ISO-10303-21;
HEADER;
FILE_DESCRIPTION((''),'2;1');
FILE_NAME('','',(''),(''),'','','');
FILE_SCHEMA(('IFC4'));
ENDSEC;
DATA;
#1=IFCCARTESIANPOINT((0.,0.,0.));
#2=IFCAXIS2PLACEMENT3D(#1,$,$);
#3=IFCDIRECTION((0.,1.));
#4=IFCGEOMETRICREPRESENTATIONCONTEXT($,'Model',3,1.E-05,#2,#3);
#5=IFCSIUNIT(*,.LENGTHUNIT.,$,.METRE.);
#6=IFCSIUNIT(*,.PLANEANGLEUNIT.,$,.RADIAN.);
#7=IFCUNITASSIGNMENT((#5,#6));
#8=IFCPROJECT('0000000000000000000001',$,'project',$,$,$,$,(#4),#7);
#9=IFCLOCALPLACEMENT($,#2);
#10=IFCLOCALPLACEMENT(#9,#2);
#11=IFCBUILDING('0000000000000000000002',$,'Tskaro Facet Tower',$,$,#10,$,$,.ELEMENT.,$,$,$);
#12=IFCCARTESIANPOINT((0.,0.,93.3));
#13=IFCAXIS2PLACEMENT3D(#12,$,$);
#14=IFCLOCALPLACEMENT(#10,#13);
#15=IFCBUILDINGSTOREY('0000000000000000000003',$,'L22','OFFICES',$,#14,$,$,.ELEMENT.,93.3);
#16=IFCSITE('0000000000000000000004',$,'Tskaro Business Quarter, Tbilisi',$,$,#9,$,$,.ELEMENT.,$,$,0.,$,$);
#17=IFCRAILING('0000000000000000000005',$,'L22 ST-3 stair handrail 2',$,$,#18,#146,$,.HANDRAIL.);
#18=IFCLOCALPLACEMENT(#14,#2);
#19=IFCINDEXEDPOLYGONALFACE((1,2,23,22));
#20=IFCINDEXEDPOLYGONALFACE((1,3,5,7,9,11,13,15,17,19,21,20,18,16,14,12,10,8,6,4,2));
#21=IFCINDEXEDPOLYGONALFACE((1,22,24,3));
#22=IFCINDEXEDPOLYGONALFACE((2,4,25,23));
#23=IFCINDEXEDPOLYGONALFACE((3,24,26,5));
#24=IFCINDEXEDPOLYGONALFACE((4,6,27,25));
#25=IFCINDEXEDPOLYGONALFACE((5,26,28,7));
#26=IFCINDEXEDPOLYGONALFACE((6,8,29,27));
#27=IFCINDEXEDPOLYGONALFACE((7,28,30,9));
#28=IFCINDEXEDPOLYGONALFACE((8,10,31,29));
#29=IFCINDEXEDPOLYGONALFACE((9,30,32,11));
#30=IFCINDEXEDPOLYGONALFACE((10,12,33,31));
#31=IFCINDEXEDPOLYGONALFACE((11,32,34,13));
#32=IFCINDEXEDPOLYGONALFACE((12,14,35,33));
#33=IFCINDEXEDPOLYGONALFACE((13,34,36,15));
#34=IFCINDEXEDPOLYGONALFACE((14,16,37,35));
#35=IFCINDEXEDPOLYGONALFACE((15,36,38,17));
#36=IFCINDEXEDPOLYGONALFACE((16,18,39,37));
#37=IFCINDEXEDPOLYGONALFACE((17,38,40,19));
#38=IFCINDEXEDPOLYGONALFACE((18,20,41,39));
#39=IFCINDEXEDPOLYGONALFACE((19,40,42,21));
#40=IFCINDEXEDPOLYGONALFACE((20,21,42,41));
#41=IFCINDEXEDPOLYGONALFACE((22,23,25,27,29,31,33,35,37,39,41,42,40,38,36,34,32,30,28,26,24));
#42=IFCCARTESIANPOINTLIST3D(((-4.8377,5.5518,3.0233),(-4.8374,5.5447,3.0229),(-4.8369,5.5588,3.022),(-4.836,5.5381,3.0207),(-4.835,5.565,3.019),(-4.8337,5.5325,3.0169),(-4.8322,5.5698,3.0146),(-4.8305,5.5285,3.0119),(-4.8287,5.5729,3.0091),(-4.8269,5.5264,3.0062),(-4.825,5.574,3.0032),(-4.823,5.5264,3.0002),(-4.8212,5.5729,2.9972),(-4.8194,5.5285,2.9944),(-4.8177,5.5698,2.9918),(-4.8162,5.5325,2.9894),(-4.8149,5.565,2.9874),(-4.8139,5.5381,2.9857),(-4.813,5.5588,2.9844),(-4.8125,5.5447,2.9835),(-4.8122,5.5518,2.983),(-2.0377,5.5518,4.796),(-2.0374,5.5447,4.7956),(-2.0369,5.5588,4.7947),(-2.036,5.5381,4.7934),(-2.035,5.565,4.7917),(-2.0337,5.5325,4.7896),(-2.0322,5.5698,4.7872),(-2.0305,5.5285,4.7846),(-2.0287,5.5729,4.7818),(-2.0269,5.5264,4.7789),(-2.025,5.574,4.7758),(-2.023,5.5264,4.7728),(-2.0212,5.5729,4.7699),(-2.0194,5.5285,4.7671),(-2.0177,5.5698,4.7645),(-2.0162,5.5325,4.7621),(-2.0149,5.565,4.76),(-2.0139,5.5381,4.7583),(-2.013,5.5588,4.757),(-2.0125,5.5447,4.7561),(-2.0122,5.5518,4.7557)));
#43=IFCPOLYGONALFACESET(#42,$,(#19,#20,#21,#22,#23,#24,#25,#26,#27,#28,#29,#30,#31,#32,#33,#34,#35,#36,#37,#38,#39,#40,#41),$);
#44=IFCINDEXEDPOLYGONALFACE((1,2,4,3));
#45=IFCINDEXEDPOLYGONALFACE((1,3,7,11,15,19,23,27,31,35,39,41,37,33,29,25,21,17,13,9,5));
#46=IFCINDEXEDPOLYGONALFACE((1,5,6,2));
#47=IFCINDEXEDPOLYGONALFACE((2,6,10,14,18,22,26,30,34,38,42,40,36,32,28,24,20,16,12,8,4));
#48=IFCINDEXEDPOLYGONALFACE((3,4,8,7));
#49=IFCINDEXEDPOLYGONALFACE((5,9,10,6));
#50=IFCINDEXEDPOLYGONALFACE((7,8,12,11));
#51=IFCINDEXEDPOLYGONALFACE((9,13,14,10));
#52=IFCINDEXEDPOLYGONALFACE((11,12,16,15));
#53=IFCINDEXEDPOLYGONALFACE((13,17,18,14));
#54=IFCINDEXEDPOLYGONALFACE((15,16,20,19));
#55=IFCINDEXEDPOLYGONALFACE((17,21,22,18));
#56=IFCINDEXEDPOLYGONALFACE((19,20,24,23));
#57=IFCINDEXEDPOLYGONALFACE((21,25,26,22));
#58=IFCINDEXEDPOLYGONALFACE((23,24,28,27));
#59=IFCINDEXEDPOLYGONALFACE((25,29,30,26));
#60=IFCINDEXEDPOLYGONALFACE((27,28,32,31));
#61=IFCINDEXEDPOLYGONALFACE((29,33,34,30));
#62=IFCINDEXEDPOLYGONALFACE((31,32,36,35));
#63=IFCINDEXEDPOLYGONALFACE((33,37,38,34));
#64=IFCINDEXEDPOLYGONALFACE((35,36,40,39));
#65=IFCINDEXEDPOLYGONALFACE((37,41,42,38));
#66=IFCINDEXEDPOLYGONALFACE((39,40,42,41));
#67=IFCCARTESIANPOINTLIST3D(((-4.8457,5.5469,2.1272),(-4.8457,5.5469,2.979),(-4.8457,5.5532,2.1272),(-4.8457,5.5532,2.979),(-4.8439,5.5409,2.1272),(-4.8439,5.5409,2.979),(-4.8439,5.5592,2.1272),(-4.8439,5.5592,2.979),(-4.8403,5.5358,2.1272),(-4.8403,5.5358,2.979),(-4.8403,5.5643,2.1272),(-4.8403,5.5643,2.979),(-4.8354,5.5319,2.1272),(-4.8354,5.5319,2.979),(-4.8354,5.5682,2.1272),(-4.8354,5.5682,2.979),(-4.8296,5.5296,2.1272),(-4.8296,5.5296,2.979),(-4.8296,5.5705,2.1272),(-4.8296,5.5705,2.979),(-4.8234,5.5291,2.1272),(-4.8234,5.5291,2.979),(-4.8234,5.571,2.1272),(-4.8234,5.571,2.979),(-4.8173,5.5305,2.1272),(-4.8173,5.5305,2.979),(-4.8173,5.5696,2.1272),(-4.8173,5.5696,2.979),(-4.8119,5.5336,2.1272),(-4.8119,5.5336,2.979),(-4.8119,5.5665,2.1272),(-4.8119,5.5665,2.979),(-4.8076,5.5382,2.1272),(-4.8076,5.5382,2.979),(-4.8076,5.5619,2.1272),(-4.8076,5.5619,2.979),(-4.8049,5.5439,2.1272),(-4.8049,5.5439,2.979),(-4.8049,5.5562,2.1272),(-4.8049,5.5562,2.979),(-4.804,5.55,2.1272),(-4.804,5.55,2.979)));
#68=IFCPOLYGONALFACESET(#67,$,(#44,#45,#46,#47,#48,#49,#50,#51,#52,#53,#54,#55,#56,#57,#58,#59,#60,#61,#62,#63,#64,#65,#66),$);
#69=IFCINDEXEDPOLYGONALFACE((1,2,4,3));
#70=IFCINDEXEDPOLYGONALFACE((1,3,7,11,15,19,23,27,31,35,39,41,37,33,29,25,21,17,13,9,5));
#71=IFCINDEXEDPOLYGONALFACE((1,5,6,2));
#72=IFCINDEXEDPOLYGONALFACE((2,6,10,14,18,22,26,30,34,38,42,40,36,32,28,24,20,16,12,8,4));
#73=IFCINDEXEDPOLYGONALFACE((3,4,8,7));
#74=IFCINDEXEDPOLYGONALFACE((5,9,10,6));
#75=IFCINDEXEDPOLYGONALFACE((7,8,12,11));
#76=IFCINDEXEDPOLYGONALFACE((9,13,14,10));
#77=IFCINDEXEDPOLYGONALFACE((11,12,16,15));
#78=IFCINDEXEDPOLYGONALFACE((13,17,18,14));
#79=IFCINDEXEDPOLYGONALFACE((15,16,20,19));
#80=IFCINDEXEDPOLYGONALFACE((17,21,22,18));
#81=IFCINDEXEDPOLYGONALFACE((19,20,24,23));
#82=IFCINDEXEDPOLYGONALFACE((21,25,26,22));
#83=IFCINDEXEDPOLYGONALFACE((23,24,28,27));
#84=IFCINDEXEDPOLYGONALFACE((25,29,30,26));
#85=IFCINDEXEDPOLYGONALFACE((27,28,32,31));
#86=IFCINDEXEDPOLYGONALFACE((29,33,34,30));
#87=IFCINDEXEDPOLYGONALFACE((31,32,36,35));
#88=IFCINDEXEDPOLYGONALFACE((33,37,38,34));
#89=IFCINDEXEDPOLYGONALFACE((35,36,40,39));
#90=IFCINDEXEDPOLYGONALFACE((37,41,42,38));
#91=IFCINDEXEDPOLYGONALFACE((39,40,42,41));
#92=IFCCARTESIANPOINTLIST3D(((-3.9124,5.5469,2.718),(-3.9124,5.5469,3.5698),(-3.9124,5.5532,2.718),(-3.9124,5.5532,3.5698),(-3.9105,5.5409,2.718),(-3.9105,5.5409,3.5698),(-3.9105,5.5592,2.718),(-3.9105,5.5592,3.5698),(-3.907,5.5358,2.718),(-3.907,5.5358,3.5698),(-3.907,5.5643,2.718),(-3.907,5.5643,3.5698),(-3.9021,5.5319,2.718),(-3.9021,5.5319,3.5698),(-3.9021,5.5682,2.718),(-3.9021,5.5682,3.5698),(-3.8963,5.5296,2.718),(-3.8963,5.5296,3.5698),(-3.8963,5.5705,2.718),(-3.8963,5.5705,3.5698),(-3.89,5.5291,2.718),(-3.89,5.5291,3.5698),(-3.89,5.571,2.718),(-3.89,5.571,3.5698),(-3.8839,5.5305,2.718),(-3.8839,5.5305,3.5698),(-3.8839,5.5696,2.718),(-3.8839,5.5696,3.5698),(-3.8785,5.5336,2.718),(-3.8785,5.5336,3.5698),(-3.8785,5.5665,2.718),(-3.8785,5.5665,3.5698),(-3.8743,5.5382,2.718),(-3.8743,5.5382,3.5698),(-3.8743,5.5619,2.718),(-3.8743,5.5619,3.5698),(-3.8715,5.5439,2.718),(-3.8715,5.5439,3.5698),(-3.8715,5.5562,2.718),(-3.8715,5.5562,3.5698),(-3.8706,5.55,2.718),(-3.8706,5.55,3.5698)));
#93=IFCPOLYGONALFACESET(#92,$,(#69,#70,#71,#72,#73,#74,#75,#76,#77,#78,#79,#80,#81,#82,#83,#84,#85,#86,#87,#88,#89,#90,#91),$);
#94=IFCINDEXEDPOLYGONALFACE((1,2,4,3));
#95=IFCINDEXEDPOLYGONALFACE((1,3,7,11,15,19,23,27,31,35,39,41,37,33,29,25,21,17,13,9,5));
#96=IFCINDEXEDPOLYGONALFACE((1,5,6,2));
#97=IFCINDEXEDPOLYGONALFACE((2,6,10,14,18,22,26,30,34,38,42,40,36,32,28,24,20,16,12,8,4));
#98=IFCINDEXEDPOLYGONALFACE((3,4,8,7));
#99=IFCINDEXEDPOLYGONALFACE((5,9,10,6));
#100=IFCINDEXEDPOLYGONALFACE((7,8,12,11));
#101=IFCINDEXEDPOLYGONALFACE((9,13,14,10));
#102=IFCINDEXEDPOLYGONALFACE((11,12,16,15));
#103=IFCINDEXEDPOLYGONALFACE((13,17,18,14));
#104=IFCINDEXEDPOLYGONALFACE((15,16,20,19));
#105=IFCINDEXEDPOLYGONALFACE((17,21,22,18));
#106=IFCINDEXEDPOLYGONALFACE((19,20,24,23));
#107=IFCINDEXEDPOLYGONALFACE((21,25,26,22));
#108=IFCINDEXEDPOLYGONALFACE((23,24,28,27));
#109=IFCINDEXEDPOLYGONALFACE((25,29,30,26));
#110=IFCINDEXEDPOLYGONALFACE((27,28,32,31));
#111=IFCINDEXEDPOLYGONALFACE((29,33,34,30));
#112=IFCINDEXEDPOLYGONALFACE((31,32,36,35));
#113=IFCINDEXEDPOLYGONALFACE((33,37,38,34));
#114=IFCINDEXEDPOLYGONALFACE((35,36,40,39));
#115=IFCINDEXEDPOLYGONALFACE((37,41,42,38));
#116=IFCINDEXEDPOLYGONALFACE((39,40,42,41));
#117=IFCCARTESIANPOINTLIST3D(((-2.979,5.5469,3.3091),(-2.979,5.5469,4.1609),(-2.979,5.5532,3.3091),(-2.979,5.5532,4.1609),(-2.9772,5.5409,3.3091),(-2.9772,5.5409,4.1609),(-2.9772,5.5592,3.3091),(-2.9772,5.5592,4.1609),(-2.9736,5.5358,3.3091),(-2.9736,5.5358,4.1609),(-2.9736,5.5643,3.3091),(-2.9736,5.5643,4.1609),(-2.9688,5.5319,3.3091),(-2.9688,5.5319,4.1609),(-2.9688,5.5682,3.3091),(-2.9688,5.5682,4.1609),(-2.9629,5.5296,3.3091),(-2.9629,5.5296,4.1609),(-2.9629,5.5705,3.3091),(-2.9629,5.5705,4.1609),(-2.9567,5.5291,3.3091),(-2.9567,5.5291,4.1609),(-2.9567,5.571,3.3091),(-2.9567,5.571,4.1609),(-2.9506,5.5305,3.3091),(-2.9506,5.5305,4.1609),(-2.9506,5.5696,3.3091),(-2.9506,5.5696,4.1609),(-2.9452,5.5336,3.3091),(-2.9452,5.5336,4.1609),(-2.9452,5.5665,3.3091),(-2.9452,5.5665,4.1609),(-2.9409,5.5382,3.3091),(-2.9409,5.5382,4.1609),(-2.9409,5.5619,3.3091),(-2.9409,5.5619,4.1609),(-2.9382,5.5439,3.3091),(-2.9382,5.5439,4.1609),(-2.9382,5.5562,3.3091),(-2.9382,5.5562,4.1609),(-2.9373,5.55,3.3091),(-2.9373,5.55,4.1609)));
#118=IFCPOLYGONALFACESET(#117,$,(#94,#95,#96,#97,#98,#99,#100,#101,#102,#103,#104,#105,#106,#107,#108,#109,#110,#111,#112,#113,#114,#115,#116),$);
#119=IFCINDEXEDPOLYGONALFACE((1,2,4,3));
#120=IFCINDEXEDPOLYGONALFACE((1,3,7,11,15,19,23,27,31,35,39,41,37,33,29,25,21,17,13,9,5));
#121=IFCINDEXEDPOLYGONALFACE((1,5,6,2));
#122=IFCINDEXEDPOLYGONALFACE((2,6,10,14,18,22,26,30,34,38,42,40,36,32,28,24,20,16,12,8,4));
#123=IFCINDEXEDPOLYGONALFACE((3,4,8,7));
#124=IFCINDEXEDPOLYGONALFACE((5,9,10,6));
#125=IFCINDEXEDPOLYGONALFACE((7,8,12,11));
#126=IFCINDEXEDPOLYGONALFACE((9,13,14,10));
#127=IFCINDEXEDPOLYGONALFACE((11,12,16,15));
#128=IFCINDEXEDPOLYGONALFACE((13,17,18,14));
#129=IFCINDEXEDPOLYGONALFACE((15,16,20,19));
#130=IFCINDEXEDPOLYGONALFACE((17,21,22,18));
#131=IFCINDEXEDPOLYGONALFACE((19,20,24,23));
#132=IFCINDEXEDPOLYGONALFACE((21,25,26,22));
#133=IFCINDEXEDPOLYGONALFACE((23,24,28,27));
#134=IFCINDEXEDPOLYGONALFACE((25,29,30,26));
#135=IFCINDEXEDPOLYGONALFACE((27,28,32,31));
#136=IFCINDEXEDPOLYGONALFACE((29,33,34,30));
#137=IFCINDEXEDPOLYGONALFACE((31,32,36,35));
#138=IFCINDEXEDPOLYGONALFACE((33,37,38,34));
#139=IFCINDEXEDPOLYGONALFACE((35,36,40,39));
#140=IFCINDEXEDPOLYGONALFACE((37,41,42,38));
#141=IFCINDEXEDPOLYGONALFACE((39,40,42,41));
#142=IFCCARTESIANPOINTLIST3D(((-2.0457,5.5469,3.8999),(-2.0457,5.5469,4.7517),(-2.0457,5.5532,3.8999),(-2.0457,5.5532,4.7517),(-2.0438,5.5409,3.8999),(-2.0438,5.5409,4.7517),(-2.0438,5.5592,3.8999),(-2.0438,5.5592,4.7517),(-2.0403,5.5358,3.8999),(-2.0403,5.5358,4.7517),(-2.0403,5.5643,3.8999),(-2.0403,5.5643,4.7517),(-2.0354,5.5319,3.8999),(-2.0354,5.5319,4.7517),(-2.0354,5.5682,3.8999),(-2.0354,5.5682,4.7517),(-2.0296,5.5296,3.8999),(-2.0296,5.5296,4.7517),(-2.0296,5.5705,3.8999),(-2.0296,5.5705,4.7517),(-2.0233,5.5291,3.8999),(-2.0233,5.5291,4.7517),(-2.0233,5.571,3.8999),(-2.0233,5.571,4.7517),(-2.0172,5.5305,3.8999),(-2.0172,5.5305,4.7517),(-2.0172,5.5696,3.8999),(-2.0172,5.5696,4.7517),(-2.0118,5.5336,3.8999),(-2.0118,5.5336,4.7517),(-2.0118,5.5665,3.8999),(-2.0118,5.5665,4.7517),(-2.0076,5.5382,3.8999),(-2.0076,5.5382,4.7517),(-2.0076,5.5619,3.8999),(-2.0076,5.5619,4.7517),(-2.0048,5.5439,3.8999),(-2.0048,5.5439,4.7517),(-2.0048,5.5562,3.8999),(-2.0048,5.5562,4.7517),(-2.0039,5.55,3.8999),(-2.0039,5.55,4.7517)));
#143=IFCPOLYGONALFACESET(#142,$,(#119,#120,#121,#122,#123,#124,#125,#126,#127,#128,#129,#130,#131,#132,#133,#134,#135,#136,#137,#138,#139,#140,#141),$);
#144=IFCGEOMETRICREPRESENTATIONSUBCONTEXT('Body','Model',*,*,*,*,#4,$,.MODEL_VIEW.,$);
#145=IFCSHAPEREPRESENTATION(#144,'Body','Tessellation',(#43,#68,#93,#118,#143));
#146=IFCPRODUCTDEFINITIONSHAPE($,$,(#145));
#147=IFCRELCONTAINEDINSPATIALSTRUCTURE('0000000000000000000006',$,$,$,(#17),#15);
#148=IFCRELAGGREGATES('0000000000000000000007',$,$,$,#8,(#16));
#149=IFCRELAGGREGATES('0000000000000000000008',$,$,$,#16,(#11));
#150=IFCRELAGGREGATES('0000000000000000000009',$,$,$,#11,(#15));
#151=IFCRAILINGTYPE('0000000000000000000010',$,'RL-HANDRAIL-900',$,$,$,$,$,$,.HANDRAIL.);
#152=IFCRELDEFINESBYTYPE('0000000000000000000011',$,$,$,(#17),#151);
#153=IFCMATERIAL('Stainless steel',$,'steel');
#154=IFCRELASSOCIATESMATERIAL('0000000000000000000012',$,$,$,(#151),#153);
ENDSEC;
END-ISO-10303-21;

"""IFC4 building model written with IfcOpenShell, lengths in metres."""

from ifc_helpers import new_model, si_unit, direction, frame, origin, origin_2d, place, context, subcontext, project, spatial, circle, extrude, material, type_object, element, save


model = new_model("IFC4")

# Units and contexts
model_context = context("Model", 3, precision=1e-05, world=origin(), true_north=direction((0.0, 1.0)))
body_context = subcontext(model_context, "Body", "Model", "MODEL_VIEW")
ifc_project = project(units=[si_unit("LENGTHUNIT", "METRE"), si_unit("PLANEANGLEUNIT", "RADIAN")], contexts=[model_context])

# Site, building, storey
site_placement = place(None, origin())
site = spatial("IfcSite", under=ifc_project, at=site_placement, Name="Tskaro Business Quarter, Tbilisi", CompositionType="ELEMENT", RefElevation=0.0)
building_placement = place(site_placement, origin())
building = spatial("IfcBuilding", under=site, at=building_placement, Name="Tskaro Facet Tower", CompositionType="ELEMENT")
storey_placement = place(building_placement, frame((0.0, 0.0, 93.3)))
storey = spatial("IfcBuildingStorey", under=building, at=storey_placement, Name="L22", Description="OFFICES", CompositionType="ELEMENT", Elevation=93.3)

# Railing
ifc_material_1 = material(Name="Stainless steel", Category="steel")
railing_type_1 = type_object("IfcRailingType", Name="RL-HANDRAIL-900", PredefinedType="HANDRAIL", material=ifc_material_1)
railing_1_placement = place(storey_placement, frame((-4.825, 5.55, 2.1272)))
element("IfcRailing", 1, at=railing_1_placement, inside=storey, type_object=railing_type_1, Name="L22 ST-3 stair handrail 2", PredefinedType="HANDRAIL", context=body_context, shape_type="SweptSolid", body=[
    extrude(circle(Radius=0.0239, at=origin_2d()), frame((0.0, 0.0, 0.876), z_axis=(0.844909, 0.0, 0.53491), x_axis=(0.0, 1.0, 0.0)), (0.0, 0.0, 1.0), 3.314),
    extrude(circle(Radius=0.021, at=origin_2d()), origin(), (0.0, 0.0, 1.0), 0.8518),
    extrude(circle(Radius=0.021, at=origin_2d()), frame((0.9333, 0.0, 0.5908)), (0.0, 0.0, 1.0), 0.8518),
    extrude(circle(Radius=0.021, at=origin_2d()), frame((1.8667, 0.0, 1.1819)), (0.0, 0.0, 1.0), 0.8518),
    extrude(circle(Radius=0.021, at=origin_2d()), frame((2.8, 0.0, 1.7727)), (0.0, 0.0, 1.0), 0.8518),
])

save(model, "model.ifc")
